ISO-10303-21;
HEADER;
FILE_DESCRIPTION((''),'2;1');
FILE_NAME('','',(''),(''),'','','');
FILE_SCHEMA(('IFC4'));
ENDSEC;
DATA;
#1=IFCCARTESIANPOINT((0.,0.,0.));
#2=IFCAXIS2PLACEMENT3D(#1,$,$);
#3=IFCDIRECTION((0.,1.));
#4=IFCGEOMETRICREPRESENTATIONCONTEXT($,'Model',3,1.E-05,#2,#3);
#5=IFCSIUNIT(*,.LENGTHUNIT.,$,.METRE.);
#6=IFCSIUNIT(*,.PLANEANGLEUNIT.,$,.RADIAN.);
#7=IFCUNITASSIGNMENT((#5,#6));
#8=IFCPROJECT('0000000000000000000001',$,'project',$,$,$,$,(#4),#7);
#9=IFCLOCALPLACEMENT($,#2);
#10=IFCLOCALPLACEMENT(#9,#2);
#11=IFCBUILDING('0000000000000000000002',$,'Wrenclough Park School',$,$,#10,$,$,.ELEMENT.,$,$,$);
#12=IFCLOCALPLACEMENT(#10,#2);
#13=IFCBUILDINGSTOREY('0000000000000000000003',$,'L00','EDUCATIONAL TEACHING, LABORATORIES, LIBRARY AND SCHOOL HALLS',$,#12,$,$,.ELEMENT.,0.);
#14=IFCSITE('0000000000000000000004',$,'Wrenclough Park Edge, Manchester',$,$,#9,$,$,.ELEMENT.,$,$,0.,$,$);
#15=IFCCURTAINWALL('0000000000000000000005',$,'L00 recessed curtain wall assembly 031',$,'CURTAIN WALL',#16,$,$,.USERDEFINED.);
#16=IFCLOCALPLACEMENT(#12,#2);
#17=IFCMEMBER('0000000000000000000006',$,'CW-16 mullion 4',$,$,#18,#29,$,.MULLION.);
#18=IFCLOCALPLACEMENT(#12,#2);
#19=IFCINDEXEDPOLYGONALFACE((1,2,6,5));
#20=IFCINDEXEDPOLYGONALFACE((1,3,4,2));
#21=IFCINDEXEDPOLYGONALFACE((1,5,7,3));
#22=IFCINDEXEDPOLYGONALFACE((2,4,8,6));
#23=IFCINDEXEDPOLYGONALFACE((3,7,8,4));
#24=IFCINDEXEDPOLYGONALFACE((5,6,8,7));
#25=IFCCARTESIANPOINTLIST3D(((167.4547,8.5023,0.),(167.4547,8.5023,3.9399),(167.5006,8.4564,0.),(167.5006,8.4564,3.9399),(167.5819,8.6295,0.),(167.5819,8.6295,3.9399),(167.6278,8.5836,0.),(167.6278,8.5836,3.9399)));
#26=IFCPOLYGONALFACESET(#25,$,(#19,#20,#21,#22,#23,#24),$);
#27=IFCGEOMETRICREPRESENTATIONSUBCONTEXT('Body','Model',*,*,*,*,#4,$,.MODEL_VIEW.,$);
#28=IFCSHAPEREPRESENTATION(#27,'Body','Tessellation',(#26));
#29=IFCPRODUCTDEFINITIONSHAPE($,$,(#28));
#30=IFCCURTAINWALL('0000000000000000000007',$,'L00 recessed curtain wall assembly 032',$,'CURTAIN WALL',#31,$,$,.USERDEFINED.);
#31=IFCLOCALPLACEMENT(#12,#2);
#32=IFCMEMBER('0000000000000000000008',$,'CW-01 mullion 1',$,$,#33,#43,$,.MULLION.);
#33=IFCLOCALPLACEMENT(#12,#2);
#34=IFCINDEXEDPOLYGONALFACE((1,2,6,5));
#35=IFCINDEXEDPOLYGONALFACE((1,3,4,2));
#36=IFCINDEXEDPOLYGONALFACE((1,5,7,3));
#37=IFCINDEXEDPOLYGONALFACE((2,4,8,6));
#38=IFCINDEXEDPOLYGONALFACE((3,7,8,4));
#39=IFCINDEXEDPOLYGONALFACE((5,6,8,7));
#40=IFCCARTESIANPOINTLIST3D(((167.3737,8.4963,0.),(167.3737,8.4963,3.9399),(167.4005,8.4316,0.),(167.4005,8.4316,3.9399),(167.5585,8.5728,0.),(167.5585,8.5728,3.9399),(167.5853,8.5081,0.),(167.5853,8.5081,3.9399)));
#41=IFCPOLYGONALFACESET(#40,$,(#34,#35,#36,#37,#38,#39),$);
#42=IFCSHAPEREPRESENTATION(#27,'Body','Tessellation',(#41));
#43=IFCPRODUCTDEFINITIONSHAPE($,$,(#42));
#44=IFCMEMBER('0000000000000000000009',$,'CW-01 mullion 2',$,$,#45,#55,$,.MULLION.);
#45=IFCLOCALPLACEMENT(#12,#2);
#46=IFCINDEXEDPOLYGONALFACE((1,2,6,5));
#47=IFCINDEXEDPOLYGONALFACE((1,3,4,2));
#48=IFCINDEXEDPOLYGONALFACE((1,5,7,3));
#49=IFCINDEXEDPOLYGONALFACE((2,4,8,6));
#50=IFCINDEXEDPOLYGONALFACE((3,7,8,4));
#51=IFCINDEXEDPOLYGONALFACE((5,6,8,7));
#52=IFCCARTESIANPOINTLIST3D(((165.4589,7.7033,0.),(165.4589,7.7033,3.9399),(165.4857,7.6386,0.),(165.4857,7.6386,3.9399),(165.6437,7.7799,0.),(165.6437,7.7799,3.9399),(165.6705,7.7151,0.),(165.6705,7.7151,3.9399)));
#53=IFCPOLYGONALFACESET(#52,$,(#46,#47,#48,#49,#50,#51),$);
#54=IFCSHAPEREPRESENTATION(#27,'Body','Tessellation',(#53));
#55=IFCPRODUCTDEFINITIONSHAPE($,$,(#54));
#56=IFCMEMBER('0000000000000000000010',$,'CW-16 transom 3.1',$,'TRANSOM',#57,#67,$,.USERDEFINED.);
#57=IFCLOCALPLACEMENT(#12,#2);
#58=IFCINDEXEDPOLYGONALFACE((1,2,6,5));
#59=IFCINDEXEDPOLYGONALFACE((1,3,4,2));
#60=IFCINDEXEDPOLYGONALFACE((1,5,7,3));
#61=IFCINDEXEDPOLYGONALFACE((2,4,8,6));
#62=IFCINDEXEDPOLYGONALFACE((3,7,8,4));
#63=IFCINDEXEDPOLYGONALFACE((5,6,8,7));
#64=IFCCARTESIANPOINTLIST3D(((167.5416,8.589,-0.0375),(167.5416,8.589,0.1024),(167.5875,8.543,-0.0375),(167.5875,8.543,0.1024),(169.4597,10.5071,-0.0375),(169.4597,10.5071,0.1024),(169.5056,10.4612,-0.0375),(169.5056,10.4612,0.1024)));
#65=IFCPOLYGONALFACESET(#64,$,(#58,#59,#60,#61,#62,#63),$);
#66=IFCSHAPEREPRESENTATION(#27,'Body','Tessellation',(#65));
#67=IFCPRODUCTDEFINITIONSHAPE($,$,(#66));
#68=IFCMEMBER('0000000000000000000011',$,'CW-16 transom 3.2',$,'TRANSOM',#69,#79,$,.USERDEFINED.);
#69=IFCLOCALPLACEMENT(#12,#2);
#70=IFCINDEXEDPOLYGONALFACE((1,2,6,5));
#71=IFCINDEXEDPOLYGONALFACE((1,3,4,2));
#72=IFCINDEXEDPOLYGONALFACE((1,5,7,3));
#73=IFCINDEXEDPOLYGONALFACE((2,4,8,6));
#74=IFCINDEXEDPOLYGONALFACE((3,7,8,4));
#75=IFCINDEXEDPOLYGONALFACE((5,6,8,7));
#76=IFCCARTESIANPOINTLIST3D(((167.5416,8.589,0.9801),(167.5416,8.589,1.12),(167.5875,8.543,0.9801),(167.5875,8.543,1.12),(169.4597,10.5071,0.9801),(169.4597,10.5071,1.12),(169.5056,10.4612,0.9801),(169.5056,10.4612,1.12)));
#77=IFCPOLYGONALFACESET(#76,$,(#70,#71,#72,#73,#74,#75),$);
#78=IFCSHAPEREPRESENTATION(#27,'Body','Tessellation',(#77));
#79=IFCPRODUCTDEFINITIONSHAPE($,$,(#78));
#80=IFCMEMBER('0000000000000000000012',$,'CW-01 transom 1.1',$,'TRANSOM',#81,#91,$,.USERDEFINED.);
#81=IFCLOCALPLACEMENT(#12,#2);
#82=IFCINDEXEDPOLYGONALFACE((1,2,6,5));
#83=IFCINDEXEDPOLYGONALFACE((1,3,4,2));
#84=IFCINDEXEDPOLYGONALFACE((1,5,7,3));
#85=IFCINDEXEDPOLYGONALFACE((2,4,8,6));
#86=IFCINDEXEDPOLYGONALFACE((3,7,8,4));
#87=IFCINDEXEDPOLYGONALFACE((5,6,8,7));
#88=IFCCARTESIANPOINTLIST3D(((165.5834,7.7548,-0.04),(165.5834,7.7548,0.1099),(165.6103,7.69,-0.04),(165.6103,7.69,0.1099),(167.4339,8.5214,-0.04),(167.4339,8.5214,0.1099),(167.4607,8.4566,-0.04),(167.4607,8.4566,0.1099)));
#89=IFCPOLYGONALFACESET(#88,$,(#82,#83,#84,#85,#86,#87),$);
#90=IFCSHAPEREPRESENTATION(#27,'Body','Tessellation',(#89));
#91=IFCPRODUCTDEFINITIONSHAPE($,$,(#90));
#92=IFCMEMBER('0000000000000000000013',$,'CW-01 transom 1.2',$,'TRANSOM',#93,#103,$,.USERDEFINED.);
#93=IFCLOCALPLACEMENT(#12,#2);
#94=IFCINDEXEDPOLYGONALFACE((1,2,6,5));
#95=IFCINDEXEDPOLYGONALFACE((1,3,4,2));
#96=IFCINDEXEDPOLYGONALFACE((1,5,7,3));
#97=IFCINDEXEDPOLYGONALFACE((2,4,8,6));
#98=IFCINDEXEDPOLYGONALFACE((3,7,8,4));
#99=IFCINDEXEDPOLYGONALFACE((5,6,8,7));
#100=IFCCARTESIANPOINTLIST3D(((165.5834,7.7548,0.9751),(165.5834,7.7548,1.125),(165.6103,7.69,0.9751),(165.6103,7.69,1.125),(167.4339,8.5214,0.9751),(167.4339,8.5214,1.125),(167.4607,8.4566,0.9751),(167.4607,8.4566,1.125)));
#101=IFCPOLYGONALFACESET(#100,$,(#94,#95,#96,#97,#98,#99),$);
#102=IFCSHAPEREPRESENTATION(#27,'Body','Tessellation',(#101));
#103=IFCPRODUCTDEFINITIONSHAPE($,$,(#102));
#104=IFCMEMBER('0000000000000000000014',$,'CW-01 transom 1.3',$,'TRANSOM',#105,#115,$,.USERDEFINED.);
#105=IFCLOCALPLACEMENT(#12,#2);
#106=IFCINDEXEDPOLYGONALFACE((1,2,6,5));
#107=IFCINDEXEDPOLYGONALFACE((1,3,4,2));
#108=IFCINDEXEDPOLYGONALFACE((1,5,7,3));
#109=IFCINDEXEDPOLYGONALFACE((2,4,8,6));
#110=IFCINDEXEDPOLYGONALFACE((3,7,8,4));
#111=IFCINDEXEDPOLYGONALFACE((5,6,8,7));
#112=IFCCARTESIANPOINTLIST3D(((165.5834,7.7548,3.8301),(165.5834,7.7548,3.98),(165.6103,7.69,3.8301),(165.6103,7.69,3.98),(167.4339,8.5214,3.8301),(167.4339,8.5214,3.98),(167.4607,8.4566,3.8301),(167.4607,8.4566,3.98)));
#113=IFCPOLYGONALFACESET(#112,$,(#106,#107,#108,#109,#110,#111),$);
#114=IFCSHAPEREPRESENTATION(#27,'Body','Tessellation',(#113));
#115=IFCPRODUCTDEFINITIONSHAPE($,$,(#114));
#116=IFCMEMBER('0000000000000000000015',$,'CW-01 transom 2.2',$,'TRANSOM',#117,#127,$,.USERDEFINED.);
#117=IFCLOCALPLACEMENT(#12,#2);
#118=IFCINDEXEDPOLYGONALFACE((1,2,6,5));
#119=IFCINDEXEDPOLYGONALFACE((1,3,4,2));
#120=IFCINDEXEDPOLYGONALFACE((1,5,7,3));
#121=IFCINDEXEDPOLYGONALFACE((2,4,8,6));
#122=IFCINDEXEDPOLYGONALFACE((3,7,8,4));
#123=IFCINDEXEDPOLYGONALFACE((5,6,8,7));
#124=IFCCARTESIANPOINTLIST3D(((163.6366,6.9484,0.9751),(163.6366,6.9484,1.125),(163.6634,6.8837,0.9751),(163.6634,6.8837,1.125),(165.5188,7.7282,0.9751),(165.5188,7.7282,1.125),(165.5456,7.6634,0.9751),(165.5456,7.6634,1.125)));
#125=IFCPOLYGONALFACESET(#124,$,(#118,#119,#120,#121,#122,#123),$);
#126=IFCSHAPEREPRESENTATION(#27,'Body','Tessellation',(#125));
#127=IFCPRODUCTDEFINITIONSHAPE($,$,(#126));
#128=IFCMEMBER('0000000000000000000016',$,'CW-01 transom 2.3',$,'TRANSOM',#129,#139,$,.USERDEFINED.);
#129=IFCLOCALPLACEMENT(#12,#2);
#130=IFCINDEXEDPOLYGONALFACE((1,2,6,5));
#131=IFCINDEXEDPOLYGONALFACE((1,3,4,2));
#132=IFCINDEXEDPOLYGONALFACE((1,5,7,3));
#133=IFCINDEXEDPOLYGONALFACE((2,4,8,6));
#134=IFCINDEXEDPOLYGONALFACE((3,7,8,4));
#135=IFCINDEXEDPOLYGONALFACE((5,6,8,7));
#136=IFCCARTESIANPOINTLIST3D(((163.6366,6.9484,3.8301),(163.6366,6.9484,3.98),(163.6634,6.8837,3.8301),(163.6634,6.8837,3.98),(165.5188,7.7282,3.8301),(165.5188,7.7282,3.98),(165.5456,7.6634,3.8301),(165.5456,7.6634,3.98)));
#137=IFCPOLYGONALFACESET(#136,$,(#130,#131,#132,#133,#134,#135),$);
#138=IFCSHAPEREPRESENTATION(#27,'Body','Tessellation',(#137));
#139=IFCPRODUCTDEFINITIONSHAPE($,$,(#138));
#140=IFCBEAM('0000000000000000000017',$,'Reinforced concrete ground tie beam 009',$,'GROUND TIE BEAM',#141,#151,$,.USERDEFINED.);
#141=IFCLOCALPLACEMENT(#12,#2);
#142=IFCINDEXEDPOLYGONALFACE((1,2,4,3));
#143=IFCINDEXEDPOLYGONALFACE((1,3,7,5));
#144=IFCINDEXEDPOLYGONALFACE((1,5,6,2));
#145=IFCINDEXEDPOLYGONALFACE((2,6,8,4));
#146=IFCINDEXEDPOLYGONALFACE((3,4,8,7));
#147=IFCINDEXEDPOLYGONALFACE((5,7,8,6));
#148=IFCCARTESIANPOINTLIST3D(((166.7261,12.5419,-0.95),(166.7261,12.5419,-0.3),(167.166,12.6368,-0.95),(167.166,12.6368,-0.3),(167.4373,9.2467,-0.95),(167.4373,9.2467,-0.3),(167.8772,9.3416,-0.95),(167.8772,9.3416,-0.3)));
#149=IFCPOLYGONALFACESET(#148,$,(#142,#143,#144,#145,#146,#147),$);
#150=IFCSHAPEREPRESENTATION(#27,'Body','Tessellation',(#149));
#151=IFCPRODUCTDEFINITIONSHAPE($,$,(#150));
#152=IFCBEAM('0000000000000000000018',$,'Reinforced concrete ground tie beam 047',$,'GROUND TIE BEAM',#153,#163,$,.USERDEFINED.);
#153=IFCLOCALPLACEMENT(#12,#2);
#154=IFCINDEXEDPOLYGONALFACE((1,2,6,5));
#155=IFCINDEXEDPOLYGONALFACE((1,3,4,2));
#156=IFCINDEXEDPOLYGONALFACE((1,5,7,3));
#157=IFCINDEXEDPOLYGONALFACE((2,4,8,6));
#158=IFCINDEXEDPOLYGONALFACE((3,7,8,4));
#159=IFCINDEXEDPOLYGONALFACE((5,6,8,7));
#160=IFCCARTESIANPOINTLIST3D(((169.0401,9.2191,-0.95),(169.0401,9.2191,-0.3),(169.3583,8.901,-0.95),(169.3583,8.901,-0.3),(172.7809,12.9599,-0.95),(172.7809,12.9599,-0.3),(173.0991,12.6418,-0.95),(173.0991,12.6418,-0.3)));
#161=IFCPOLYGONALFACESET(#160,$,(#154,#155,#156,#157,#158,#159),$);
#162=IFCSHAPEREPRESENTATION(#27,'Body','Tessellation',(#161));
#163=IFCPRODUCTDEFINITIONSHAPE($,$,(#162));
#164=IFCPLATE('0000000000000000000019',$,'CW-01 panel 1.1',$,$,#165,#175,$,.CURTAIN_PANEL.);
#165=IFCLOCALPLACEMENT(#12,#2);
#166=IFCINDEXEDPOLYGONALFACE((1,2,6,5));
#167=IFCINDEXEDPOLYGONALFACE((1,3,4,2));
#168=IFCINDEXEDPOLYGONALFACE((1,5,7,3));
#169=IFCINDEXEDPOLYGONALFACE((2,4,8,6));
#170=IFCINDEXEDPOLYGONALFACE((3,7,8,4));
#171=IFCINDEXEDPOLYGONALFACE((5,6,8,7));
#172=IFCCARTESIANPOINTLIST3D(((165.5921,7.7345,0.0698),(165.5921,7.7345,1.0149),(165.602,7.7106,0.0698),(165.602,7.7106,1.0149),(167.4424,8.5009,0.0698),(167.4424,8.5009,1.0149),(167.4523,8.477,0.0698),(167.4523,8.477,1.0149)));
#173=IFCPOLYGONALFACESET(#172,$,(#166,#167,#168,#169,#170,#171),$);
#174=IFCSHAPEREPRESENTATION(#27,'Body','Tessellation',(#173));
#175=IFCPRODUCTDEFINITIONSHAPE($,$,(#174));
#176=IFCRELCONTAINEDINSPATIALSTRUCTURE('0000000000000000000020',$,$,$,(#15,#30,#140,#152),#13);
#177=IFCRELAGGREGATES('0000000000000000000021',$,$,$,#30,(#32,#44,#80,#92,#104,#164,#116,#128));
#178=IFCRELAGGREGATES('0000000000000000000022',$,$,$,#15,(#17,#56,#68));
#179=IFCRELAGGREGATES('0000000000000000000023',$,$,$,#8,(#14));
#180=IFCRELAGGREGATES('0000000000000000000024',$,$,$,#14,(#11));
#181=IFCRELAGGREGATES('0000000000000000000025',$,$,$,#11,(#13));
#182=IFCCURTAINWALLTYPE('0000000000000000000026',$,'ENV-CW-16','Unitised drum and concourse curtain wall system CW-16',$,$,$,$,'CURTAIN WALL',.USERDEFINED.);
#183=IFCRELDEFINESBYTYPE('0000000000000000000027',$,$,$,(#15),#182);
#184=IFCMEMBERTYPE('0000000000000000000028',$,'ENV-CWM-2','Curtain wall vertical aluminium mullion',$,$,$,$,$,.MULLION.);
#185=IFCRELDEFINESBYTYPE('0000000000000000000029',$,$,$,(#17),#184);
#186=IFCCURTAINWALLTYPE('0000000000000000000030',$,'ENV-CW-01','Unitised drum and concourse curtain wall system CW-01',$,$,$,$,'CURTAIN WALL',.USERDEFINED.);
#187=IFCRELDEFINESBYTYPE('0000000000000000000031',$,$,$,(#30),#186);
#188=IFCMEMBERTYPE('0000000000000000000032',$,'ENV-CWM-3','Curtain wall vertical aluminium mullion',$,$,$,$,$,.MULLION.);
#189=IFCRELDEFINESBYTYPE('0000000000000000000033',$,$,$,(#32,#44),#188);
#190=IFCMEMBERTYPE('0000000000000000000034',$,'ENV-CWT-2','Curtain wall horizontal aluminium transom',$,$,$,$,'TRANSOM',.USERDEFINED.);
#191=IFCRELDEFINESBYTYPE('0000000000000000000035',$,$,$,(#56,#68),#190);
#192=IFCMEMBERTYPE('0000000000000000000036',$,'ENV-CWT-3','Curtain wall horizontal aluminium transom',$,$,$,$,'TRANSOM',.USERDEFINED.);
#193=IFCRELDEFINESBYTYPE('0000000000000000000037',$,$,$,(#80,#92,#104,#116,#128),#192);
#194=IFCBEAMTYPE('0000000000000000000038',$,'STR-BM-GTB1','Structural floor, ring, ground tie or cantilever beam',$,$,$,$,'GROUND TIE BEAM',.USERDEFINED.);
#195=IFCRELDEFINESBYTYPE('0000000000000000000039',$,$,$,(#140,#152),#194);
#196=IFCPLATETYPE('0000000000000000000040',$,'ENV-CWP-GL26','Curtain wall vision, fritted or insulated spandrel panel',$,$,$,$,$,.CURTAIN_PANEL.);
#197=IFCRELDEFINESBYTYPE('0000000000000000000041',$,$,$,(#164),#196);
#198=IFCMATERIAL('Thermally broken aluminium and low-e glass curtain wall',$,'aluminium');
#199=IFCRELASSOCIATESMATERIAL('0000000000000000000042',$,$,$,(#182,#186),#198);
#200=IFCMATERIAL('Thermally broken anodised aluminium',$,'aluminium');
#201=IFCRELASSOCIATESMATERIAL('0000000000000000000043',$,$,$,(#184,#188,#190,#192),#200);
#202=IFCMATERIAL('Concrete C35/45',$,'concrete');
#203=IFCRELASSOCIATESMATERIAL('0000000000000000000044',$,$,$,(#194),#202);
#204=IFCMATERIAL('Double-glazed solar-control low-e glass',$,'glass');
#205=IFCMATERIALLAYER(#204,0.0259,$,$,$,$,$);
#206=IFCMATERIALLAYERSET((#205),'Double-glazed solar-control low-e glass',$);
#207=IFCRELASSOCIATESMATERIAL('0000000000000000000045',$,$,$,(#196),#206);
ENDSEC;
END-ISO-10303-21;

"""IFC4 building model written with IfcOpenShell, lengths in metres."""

from ifc_helpers import new_model, si_unit, direction, frame, origin, origin_2d, place, context, subcontext, project, spatial, rectangle, extrude, material, layer, layer_set, material_profile, profile_set, type_object, element, aggregate, save


model = new_model("IFC4")

# Units and contexts
model_context = context("Model", 3, precision=1e-05, world=origin(), true_north=direction((0.0, 1.0)))
body_context = subcontext(model_context, "Body", "Model", "MODEL_VIEW")
ifc_project = project(units=[si_unit("LENGTHUNIT", "METRE"), si_unit("PLANEANGLEUNIT", "RADIAN")], contexts=[model_context])

# Site, building, storey
site_placement = place(None, origin())
site = spatial("IfcSite", under=ifc_project, at=site_placement, Name="Wrenclough Park Edge, Manchester", CompositionType="ELEMENT", RefElevation=0.0)
building_placement = place(site_placement, origin())
building = spatial("IfcBuilding", under=site, at=building_placement, Name="Wrenclough Park School", CompositionType="ELEMENT")
storey_placement = place(building_placement, origin())
storey = spatial("IfcBuildingStorey", under=building, at=storey_placement, Name="L00", Description="EDUCATIONAL TEACHING, LABORATORIES, LIBRARY AND SCHOOL HALLS", CompositionType="ELEMENT", Elevation=0.0)

# Shared definitions
ifc_material_1 = material(Name="Concrete C35/45", Category="concrete")

# Curtain wall, member
ifc_material_2 = material(Name="Thermally broken aluminium and low-e glass curtain wall", Category="aluminium")
curtain_wall_type_1 = type_object("IfcCurtainWallType", Name="ENV-CW-16", Description="Unitised drum and concourse curtain wall system CW-16", ElementType="CURTAIN WALL", PredefinedType="USERDEFINED", material=ifc_material_2)
curtain_wall_1_placement = place(storey_placement, origin())
curtain_wall_1 = element("IfcCurtainWall", 1, at=curtain_wall_1_placement, inside=storey, type_object=curtain_wall_type_1, Name="L00 recessed curtain wall assembly 031", ObjectType="CURTAIN WALL", PredefinedType="USERDEFINED")
ifc_material_3 = material(Name="Thermally broken anodised aluminium", Category="aluminium")
ifc_material_profile_1 = material_profile(ifc_material_3, rectangle(XDim=0.0649, YDim=0.1799, at=origin_2d()), Name="AL MULLION 65x180")
ifc_profile_set_1 = profile_set([ifc_material_profile_1], Name="Thermally broken anodised aluminium")
member_type_1 = type_object("IfcMemberType", Name="ENV-CWM-2", Description="Curtain wall vertical aluminium mullion", PredefinedType="MULLION", material=ifc_profile_set_1)
member_1_placement = place(storey_placement, frame((167.5413, 8.543, 0.0), z_axis=(0.0, 0.0, 1.0), x_axis=(0.707107, -0.707107, 0.0)))
member_1 = element("IfcMember", 2, at=member_1_placement, type_object=member_type_1, Name="CW-16 mullion 4", PredefinedType="MULLION", context=body_context, shape_type="SweptSolid", body=[
    extrude(rectangle(XDim=0.0649, YDim=0.1799, at=origin_2d()), origin(), (0.0, 0.0, 1.0), 3.9399),
])

# Curtain wall, members
curtain_wall_type_2 = type_object("IfcCurtainWallType", Name="ENV-CW-01", Description="Unitised drum and concourse curtain wall system CW-01", ElementType="CURTAIN WALL", PredefinedType="USERDEFINED", material=ifc_material_2)
curtain_wall_2_placement = place(storey_placement, origin())
curtain_wall_2 = element("IfcCurtainWall", 3, at=curtain_wall_2_placement, inside=storey, type_object=curtain_wall_type_2, Name="L00 recessed curtain wall assembly 032", ObjectType="CURTAIN WALL", PredefinedType="USERDEFINED")
ifc_material_profile_2 = material_profile(ifc_material_3, rectangle(XDim=0.0701, YDim=0.2, at=origin_2d()), Name="AL MULLION 70x200")
ifc_profile_set_2 = profile_set([ifc_material_profile_2], Name="Thermally broken anodised aluminium")
member_type_2 = type_object("IfcMemberType", Name="ENV-CWM-3", Description="Curtain wall vertical aluminium mullion", PredefinedType="MULLION", material=ifc_profile_set_2)
member_2_placement = place(storey_placement, frame((167.4795, 8.5022, 0.0), z_axis=(0.0, 0.0, 1.0), x_axis=(0.382687, -0.923878, 0.0)))
member_2 = element("IfcMember", 4, at=member_2_placement, type_object=member_type_2, Name="CW-01 mullion 1", PredefinedType="MULLION", context=body_context, shape_type="SweptSolid", body=[
    extrude(rectangle(XDim=0.0701, YDim=0.2, at=origin_2d()), origin(), (0.0, 0.0, 1.0), 3.9399),
])
member_3_placement = place(storey_placement, frame((165.5647, 7.7092, 0.0), z_axis=(0.0, 0.0, 1.0), x_axis=(0.382687, -0.923878, 0.0)))
member_3 = element("IfcMember", 5, at=member_3_placement, type_object=member_type_2, Name="CW-01 mullion 2", PredefinedType="MULLION", context=body_context, shape_type="SweptSolid", body=[
    extrude(rectangle(XDim=0.0701, YDim=0.2, at=origin_2d()), origin(), (0.0, 0.0, 1.0), 3.9399),
])

# Members
ifc_material_profile_3 = material_profile(ifc_material_3, rectangle(XDim=0.0649, YDim=0.1399, at=origin_2d()), Name="AL TRANSOM 65x140")
ifc_profile_set_3 = profile_set([ifc_material_profile_3], Name="Thermally broken anodised aluminium")
member_type_3 = type_object("IfcMemberType", Name="ENV-CWT-2", Description="Curtain wall horizontal aluminium transom", ElementType="TRANSOM", PredefinedType="USERDEFINED", material=ifc_profile_set_3)
member_4_placement = place(storey_placement, frame((169.4827, 10.4841, 0.0325), z_axis=(-0.707107, -0.707107, 0.0), x_axis=(0.707107, -0.707107, 0.0)))
member_4 = element("IfcMember", 6, at=member_4_placement, type_object=member_type_3, Name="CW-16 transom 3.1", ObjectType="TRANSOM", PredefinedType="USERDEFINED", context=body_context, shape_type="SweptSolid", body=[
    extrude(rectangle(XDim=0.0649, YDim=0.1399, at=origin_2d()), origin(), (0.0, 0.0, 1.0), 2.7126),
])
member_5_placement = place(storey_placement, frame((169.4827, 10.4841, 1.05), z_axis=(-0.707107, -0.707107, 0.0), x_axis=(0.707107, -0.707107, 0.0)))
member_5 = element("IfcMember", 7, at=member_5_placement, type_object=member_type_3, Name="CW-16 transom 3.2", ObjectType="TRANSOM", PredefinedType="USERDEFINED", context=body_context, shape_type="SweptSolid", body=[
    extrude(rectangle(XDim=0.0649, YDim=0.1399, at=origin_2d()), origin(), (0.0, 0.0, 1.0), 2.7126),
])
ifc_material_profile_4 = material_profile(ifc_material_3, rectangle(XDim=0.0701, YDim=0.1499, at=origin_2d()), Name="AL TRANSOM 70x150")
ifc_profile_set_4 = profile_set([ifc_material_profile_4], Name="Thermally broken anodised aluminium")
member_type_4 = type_object("IfcMemberType", Name="ENV-CWT-3", Description="Curtain wall horizontal aluminium transom", ElementType="TRANSOM", PredefinedType="USERDEFINED", material=ifc_profile_set_4)
member_6_placement = place(storey_placement, frame((167.4473, 8.489, 0.0349), z_axis=(-0.92385, -0.382754, 0.0), x_axis=(0.382754, -0.92385, 0.0)))
member_6 = element("IfcMember", 8, at=member_6_placement, type_object=member_type_4, Name="CW-01 transom 1.1", ObjectType="TRANSOM", PredefinedType="USERDEFINED", context=body_context, shape_type="SweptSolid", body=[
    extrude(rectangle(XDim=0.0701, YDim=0.1499, at=origin_2d()), origin(), (0.0, 0.0, 1.0), 2.0029),
])
member_7_placement = place(storey_placement, frame((167.4473, 8.489, 1.05), z_axis=(-0.92385, -0.382754, 0.0), x_axis=(0.382754, -0.92385, 0.0)))
member_7 = element("IfcMember", 9, at=member_7_placement, type_object=member_type_4, Name="CW-01 transom 1.2", ObjectType="TRANSOM", PredefinedType="USERDEFINED", context=body_context, shape_type="SweptSolid", body=[
    extrude(rectangle(XDim=0.0701, YDim=0.1499, at=origin_2d()), origin(), (0.0, 0.0, 1.0), 2.0029),
])
member_8_placement = place(storey_placement, frame((167.4473, 8.489, 3.905), z_axis=(-0.92385, -0.382754, 0.0), x_axis=(0.382754, -0.92385, 0.0)))
member_8 = element("IfcMember", 10, at=member_8_placement, type_object=member_type_4, Name="CW-01 transom 1.3", ObjectType="TRANSOM", PredefinedType="USERDEFINED", context=body_context, shape_type="SweptSolid", body=[
    extrude(rectangle(XDim=0.0701, YDim=0.1499, at=origin_2d()), origin(), (0.0, 0.0, 1.0), 2.0029),
])
member_9_placement = place(storey_placement, frame((165.5322, 7.6958, 1.05), z_axis=(-0.923862, -0.382726, 0.0), x_axis=(0.382726, -0.923862, 0.0)))
member_9 = element("IfcMember", 11, at=member_9_placement, type_object=member_type_4, Name="CW-01 transom 2.2", ObjectType="TRANSOM", PredefinedType="USERDEFINED", context=body_context, shape_type="SweptSolid", body=[
    extrude(rectangle(XDim=0.0701, YDim=0.1499, at=origin_2d()), origin(), (0.0, 0.0, 1.0), 2.0374),
])
member_10_placement = place(storey_placement, frame((165.5322, 7.6958, 3.905), z_axis=(-0.923862, -0.382726, 0.0), x_axis=(0.382726, -0.923862, 0.0)))
member_10 = element("IfcMember", 12, at=member_10_placement, type_object=member_type_4, Name="CW-01 transom 2.3", ObjectType="TRANSOM", PredefinedType="USERDEFINED", context=body_context, shape_type="SweptSolid", body=[
    extrude(rectangle(XDim=0.0701, YDim=0.1499, at=origin_2d()), origin(), (0.0, 0.0, 1.0), 2.0374),
])

# Beams
ifc_material_profile_5 = material_profile(ifc_material_1, rectangle(XDim=0.45, YDim=0.6499, at=origin_2d()), Name="RC GROUND 450x650")
ifc_profile_set_5 = profile_set([ifc_material_profile_5], Name="Concrete C35/45")
beam_type = type_object("IfcBeamType", Name="STR-BM-GTB1", Description="Structural floor, ring, ground tie or cantilever beam", ElementType="GROUND TIE BEAM", PredefinedType="USERDEFINED", material=ifc_profile_set_5)
beam_1_placement = place(storey_placement, frame((166.946, 12.5894, -0.625), z_axis=(0.210968, -0.977493, 0.0), x_axis=(0.977493, 0.210968, 0.0)))
element("IfcBeam", 13, at=beam_1_placement, inside=storey, type_object=beam_type, Name="Reinforced concrete ground tie beam 009", ObjectType="GROUND TIE BEAM", PredefinedType="USERDEFINED", context=body_context, shape_type="SweptSolid", body=[
    extrude(rectangle(XDim=0.45, YDim=0.6499, at=origin_2d()), origin(), (0.0, 0.0, 1.0), 3.3711),
])
beam_2_placement = place(storey_placement, frame((169.1992, 9.0601, -0.625), z_axis=(0.707107, 0.707107, 0.0), x_axis=(-0.707107, 0.707107, 0.0)))
element("IfcBeam", 14, at=beam_2_placement, inside=storey, type_object=beam_type, Name="Reinforced concrete ground tie beam 047", ObjectType="GROUND TIE BEAM", PredefinedType="USERDEFINED", context=body_context, shape_type="SweptSolid", body=[
    extrude(rectangle(XDim=0.45, YDim=0.6499, at=origin_2d()), origin(), (0.0, 0.0, 1.0), 5.2903),
])

# Plate
ifc_material_4 = material(Name="Double-glazed solar-control low-e glass", Category="glass")
ifc_layer_1 = layer(ifc_material_4, 0.0259)
ifc_layer_set_1 = layer_set([ifc_layer_1], Name="Double-glazed solar-control low-e glass")
plate_type_1 = type_object("IfcPlateType", Name="ENV-CWP-GL26", Description="Curtain wall vision, fritted or insulated spandrel panel", PredefinedType="CURTAIN_PANEL", material=ifc_layer_set_1)
plate_1_placement = place(storey_placement, frame((166.5222, 8.1057, 0.0698), z_axis=(0.0, 0.0, 1.0), x_axis=(-0.923878, -0.382687, 0.0)))
plate_1 = element("IfcPlate", 15, at=plate_1_placement, type_object=plate_type_1, Name="CW-01 panel 1.1", PredefinedType="CURTAIN_PANEL", context=body_context, shape_type="SweptSolid", body=[
    extrude(rectangle(XDim=2.0027, YDim=0.0259, at=origin_2d()), origin(), (0.0, 0.0, 1.0), 0.9451),
])
aggregate(curtain_wall_2, [member_2, member_3, member_6, member_7, member_8, plate_1, member_9, member_10])
aggregate(curtain_wall_1, [member_1, member_4, member_5])

save(model, "model.ifc")
